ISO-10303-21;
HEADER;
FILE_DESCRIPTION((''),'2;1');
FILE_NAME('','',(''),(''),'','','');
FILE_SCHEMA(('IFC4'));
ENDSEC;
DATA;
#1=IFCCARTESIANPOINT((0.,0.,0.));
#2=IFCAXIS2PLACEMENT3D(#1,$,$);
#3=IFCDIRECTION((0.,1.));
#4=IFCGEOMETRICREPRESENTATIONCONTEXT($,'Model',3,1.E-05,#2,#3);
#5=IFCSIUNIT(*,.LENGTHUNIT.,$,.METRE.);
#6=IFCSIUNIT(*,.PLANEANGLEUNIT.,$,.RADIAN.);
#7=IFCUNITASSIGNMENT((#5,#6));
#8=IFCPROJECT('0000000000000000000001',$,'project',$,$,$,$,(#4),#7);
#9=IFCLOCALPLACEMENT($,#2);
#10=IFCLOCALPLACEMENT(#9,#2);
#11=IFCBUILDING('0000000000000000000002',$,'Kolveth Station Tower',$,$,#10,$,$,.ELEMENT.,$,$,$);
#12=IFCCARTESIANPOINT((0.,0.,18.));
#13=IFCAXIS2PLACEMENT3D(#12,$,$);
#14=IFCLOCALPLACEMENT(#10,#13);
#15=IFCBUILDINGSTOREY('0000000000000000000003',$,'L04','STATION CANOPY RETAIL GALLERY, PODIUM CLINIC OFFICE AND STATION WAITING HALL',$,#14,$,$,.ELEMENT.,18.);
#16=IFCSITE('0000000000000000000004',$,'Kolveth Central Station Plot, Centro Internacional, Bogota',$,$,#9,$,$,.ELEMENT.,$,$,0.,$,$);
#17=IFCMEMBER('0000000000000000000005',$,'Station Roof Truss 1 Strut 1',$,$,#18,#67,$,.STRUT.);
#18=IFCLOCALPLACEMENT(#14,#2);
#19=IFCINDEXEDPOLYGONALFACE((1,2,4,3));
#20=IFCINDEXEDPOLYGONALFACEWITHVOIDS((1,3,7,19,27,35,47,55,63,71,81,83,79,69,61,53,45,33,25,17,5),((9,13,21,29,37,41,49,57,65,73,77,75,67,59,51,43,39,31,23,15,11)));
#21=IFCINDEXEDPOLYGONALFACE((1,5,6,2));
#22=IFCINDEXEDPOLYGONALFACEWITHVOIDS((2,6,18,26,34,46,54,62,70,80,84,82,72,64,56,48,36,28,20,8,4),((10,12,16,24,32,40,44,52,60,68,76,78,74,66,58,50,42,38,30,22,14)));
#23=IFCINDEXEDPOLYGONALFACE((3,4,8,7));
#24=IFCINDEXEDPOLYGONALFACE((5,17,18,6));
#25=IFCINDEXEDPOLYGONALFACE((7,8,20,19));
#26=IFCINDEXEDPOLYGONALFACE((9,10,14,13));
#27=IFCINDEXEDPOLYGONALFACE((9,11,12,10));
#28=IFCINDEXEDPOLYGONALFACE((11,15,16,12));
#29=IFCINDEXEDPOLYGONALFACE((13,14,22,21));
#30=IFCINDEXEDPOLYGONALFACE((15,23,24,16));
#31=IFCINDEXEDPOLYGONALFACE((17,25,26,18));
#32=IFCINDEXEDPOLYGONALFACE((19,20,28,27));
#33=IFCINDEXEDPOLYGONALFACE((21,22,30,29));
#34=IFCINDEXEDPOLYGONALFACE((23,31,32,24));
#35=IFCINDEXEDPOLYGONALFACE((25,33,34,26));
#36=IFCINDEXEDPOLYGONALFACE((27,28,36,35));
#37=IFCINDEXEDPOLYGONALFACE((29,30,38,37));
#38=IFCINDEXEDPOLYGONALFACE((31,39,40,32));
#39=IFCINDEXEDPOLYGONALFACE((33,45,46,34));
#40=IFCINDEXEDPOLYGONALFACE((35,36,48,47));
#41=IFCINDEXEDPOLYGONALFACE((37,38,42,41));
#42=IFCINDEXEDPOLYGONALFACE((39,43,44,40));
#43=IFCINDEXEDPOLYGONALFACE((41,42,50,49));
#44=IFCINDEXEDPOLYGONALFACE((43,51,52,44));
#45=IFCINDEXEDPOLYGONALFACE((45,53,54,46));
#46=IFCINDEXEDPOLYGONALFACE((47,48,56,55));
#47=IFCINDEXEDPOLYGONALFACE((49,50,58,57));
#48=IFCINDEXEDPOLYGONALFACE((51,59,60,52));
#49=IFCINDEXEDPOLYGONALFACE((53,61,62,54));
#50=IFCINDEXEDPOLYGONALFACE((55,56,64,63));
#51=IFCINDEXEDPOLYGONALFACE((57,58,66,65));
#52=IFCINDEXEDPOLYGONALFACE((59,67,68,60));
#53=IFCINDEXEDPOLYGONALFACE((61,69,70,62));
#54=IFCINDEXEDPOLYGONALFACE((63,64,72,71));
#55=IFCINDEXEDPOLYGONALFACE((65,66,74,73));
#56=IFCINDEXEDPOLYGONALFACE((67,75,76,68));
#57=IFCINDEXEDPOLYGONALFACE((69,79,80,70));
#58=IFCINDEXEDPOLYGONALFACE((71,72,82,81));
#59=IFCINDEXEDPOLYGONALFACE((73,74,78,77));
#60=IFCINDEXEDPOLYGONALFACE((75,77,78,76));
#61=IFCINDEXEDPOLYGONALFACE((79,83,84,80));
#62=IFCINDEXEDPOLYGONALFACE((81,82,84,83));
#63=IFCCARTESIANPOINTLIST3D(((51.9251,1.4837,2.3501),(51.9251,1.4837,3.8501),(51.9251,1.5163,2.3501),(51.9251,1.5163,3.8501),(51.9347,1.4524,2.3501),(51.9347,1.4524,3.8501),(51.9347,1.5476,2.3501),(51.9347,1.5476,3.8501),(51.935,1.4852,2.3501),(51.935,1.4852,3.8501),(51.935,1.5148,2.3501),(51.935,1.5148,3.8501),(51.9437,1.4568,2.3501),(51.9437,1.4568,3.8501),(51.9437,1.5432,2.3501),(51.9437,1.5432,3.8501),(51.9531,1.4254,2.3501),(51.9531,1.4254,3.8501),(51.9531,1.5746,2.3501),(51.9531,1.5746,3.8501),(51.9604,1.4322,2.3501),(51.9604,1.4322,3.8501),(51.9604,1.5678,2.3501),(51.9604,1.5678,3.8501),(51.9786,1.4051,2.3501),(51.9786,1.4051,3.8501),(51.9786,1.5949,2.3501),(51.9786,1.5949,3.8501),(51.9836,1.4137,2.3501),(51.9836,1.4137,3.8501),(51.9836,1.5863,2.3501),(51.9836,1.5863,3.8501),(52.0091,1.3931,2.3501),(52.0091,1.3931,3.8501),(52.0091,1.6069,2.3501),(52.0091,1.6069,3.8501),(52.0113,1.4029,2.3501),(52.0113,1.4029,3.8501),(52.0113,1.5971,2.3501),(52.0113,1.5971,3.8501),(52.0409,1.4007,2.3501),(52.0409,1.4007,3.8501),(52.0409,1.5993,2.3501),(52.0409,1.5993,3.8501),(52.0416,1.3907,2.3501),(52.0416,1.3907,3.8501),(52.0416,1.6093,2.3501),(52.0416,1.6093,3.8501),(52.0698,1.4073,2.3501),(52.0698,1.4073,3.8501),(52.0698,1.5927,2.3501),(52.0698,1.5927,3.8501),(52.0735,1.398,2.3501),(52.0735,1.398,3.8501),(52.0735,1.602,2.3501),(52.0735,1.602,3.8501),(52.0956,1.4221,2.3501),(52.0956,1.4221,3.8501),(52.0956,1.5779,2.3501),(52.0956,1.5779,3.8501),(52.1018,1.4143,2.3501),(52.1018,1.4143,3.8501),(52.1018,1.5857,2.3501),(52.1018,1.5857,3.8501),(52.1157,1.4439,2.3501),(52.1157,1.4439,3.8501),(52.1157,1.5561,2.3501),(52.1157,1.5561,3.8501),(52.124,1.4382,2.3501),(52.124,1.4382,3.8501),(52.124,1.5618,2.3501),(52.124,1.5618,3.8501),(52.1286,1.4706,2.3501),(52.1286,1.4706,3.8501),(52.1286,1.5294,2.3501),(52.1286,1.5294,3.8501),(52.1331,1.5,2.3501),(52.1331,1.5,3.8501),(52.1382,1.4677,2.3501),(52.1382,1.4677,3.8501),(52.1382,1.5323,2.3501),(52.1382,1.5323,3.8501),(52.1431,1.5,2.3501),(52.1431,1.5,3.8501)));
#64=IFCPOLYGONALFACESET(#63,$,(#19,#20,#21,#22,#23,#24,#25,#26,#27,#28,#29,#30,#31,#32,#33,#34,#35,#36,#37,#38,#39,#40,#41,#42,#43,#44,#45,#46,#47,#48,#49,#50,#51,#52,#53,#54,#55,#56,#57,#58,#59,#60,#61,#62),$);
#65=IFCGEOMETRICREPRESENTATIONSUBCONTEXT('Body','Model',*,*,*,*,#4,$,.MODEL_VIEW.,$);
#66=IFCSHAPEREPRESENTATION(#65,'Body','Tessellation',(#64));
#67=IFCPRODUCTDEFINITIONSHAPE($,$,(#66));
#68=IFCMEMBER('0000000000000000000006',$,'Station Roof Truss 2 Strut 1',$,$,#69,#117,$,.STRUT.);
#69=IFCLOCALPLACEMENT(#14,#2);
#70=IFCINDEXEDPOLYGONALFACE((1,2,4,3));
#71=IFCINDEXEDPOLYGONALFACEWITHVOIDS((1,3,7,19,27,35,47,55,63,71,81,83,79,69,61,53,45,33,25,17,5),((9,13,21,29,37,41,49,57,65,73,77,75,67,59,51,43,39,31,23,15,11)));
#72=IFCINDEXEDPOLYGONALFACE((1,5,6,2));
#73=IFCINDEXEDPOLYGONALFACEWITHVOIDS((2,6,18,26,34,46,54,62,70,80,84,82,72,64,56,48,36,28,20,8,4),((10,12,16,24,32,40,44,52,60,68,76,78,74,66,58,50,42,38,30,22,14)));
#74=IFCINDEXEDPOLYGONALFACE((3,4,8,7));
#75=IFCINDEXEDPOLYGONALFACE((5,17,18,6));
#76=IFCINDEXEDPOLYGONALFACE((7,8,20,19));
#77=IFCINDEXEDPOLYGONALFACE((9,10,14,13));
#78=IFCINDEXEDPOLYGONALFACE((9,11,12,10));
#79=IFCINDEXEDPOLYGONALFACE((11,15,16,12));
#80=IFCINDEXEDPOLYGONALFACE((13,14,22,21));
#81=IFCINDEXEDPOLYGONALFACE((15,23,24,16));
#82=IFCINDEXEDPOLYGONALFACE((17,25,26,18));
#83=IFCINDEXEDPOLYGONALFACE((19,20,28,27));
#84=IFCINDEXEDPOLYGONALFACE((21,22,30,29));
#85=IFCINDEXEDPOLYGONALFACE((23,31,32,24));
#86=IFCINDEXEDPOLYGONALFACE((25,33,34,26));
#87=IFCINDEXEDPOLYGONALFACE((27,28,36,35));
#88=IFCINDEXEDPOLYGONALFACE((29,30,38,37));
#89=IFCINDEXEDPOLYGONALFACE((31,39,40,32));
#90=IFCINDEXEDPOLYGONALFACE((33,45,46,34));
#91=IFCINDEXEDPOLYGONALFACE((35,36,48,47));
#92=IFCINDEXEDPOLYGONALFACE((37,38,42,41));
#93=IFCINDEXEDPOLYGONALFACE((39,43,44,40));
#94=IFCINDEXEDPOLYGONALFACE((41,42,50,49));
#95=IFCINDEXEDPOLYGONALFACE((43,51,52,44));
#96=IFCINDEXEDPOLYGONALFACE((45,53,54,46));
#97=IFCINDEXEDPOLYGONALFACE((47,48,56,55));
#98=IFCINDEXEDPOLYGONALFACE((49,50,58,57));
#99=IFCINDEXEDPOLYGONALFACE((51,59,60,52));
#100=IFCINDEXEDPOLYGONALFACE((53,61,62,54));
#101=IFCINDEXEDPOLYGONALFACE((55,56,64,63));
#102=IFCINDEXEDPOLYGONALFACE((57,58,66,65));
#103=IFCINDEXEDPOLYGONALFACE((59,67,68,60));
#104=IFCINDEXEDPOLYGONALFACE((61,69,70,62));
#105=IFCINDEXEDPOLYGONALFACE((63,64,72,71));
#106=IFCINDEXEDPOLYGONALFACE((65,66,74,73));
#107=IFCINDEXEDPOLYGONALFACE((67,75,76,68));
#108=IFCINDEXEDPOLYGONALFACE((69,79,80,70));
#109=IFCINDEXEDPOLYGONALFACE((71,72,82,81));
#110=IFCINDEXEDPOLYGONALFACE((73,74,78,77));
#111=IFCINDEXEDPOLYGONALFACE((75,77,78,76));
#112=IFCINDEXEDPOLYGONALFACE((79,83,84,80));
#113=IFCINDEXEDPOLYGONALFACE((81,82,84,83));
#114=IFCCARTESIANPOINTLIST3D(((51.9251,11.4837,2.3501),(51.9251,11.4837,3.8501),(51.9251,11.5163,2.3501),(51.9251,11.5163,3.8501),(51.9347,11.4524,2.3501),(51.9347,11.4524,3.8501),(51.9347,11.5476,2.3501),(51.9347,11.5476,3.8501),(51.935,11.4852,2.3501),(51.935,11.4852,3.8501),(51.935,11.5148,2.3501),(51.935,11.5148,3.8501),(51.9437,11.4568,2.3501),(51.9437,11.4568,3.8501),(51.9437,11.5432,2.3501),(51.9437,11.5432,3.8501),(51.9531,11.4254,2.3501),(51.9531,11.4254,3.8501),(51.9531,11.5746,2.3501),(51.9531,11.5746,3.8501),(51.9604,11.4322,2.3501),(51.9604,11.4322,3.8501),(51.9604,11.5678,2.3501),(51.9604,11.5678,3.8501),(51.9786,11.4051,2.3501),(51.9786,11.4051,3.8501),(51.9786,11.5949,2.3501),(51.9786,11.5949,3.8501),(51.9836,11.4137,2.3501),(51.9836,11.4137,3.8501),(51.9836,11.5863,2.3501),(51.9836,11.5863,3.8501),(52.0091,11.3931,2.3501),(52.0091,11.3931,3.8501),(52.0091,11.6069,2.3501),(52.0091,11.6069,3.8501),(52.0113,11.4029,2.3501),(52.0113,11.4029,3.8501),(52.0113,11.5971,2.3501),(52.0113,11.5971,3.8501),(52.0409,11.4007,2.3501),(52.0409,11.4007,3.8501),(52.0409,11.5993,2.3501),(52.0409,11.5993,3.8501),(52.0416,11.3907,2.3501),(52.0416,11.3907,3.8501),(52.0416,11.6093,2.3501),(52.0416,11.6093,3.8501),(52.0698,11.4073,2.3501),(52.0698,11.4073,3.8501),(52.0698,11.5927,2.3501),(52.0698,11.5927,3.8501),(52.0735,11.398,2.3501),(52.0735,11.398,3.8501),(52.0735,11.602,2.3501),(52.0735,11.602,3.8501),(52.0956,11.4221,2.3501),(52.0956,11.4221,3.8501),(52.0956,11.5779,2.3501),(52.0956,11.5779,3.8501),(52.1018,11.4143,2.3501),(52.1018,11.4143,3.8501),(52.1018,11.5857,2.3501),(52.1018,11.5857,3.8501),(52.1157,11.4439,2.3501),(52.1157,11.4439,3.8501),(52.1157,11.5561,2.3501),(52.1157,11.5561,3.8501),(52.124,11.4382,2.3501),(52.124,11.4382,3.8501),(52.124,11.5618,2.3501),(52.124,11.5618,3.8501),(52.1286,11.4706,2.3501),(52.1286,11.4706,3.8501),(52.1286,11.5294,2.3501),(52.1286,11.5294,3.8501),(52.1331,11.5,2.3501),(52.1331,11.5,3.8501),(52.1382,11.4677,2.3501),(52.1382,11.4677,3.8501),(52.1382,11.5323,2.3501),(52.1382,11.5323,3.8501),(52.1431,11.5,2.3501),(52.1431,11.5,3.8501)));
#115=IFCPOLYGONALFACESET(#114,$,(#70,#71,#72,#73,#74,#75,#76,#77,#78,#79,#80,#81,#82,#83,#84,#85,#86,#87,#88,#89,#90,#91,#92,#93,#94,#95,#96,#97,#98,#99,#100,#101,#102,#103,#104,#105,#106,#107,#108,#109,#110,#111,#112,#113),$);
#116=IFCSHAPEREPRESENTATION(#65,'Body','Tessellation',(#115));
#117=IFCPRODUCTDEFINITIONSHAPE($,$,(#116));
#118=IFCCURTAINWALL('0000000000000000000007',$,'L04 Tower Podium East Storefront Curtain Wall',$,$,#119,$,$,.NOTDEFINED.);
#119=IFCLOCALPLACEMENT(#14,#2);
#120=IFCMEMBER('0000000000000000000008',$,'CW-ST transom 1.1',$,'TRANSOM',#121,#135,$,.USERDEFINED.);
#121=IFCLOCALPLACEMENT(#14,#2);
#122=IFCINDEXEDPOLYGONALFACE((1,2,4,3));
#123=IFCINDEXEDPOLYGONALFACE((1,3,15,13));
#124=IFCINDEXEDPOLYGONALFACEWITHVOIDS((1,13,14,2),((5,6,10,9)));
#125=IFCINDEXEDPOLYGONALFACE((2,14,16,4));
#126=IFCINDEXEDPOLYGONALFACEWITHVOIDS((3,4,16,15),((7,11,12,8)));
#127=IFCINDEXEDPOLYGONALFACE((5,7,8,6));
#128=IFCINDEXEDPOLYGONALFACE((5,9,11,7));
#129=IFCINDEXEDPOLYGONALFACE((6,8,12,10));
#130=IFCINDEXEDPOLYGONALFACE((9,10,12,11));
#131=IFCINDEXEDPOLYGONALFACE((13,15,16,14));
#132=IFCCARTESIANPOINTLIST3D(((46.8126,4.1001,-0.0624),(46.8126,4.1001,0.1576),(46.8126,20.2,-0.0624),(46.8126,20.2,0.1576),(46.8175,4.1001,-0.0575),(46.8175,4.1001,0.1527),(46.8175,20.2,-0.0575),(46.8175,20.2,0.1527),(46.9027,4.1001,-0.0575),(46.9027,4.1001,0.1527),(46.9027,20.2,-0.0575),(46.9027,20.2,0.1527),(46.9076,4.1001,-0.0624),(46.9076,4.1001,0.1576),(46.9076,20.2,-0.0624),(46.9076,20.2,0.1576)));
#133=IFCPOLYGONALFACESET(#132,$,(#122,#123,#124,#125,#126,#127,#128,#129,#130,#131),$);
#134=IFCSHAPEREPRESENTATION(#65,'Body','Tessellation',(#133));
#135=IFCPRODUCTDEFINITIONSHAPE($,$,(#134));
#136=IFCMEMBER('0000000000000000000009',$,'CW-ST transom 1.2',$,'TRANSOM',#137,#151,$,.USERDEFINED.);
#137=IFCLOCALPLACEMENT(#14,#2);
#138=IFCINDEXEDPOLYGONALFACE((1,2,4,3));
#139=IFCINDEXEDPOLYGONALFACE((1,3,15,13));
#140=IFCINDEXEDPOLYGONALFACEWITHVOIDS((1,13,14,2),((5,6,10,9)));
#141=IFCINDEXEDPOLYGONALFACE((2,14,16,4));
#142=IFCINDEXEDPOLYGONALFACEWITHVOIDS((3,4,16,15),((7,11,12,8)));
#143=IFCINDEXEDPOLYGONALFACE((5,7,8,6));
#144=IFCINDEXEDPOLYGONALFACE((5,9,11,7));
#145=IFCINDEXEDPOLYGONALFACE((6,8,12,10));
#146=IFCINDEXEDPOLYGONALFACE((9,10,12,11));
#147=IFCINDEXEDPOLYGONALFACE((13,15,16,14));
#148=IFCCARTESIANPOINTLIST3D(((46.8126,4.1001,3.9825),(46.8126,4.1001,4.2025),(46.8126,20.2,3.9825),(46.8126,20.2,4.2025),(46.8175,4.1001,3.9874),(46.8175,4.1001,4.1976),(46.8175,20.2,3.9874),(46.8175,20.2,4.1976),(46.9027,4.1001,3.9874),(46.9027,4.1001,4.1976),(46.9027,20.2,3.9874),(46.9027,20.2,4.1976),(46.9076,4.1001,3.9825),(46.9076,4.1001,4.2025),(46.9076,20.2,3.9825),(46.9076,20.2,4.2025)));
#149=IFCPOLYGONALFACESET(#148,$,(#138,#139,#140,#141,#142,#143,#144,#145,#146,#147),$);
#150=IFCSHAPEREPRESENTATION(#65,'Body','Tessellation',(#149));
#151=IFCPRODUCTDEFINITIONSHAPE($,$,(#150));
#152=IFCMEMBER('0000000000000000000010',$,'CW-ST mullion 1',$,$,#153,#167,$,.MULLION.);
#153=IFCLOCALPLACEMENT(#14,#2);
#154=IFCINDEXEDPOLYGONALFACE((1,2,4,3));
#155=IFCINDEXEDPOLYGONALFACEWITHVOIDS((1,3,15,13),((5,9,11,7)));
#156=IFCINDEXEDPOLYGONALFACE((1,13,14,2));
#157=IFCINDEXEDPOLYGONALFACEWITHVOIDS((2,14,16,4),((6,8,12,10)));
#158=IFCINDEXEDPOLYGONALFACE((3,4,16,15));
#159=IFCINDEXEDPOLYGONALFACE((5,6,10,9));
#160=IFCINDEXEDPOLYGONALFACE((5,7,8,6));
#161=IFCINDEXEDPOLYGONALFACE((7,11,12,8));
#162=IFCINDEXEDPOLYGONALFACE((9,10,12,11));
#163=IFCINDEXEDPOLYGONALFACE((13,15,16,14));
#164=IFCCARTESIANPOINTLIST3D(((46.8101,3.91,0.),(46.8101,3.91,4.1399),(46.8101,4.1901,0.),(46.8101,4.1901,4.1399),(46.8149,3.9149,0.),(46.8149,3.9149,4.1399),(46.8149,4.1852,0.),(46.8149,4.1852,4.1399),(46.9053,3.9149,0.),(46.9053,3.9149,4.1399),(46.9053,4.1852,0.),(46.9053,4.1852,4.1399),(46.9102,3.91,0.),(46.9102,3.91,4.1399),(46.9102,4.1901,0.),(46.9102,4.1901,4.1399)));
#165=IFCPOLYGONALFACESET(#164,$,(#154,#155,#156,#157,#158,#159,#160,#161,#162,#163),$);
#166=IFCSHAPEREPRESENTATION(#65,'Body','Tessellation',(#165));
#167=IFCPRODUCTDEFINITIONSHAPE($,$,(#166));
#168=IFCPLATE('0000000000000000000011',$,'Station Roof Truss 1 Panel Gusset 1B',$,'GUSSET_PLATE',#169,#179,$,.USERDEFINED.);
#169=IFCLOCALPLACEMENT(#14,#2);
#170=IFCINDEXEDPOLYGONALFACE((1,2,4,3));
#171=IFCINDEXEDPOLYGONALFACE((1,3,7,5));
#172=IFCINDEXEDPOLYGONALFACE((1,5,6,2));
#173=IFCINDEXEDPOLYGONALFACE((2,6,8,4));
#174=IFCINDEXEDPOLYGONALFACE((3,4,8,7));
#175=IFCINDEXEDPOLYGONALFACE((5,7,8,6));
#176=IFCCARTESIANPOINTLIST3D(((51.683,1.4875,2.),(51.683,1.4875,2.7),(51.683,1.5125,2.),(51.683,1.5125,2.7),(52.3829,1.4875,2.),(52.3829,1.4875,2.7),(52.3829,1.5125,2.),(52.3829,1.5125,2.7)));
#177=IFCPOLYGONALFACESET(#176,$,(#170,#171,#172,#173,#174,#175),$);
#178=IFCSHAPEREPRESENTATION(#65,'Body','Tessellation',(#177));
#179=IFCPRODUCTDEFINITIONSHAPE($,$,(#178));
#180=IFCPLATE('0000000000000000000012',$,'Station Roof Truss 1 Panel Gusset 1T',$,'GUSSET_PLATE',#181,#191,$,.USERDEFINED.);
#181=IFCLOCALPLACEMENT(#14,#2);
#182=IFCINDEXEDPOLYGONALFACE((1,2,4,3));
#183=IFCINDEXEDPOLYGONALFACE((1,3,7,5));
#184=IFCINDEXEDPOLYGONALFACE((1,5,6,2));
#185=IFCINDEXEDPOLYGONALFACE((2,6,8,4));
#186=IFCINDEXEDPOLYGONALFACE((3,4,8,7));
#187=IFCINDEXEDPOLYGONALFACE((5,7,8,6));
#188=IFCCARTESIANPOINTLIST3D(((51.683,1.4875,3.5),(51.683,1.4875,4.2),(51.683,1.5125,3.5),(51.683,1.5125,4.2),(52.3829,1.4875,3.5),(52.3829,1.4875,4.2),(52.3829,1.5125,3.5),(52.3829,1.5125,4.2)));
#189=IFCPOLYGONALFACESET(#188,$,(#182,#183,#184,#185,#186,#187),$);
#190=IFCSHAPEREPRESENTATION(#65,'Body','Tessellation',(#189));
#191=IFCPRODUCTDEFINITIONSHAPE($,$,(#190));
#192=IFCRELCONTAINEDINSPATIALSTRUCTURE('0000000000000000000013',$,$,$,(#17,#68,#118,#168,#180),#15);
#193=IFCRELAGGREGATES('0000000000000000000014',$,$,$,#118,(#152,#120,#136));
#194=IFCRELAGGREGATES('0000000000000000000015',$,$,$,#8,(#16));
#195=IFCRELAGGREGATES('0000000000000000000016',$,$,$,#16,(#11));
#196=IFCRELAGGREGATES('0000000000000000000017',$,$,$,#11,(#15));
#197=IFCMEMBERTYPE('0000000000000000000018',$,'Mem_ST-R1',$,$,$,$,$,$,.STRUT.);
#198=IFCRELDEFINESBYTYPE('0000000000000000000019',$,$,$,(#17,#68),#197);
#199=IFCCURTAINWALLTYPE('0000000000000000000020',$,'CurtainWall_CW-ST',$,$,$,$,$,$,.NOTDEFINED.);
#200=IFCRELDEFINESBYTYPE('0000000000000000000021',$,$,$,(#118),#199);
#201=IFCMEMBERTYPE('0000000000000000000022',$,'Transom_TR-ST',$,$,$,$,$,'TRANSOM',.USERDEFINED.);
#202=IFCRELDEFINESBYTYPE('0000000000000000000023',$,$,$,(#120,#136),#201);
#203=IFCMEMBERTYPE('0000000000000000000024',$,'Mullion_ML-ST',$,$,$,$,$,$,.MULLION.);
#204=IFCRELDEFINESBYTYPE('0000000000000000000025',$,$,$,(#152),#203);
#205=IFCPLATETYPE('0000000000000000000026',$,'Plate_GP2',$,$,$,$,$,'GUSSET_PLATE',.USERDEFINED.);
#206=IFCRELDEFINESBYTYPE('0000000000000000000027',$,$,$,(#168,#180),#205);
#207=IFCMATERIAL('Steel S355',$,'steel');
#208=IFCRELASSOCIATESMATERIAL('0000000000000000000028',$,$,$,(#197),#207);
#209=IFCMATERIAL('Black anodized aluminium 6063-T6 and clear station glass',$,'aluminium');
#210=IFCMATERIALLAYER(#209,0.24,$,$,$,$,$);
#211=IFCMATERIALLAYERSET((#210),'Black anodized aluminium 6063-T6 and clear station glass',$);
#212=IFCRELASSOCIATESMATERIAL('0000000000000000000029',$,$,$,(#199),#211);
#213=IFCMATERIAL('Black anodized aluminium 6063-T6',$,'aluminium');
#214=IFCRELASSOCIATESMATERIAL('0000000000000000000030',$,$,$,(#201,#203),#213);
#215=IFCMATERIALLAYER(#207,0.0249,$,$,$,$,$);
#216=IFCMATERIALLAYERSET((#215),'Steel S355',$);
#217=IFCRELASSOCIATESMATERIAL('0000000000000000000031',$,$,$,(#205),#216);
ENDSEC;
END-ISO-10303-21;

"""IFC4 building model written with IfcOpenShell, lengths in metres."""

from ifc_helpers import new_model, si_unit, direction, frame, origin, origin_2d, place, context, subcontext, project, spatial, rectangle, hollow_rectangle, hollow_circle, extrude, source, transform, mapped, material, layer, layer_set, material_profile, profile_set, type_object, element, aggregate, save


model = new_model("IFC4")

# Units and contexts
model_context = context("Model", 3, precision=1e-05, world=origin(), true_north=direction((0.0, 1.0)))
body_context = subcontext(model_context, "Body", "Model", "MODEL_VIEW")
ifc_project = project(units=[si_unit("LENGTHUNIT", "METRE"), si_unit("PLANEANGLEUNIT", "RADIAN")], contexts=[model_context])

# Site, building, storey
site_placement = place(None, origin())
site = spatial("IfcSite", under=ifc_project, at=site_placement, Name="Kolveth Central Station Plot, Centro Internacional, Bogota", CompositionType="ELEMENT", RefElevation=0.0)
building_placement = place(site_placement, origin())
building = spatial("IfcBuilding", under=site, at=building_placement, Name="Kolveth Station Tower", CompositionType="ELEMENT")
storey_placement = place(building_placement, frame((0.0, 0.0, 18.0)))
storey = spatial("IfcBuildingStorey", under=building, at=storey_placement, Name="L04", Description="STATION CANOPY RETAIL GALLERY, PODIUM CLINIC OFFICE AND STATION WAITING HALL", CompositionType="ELEMENT", Elevation=18.0)

# Shared definitions
ifc_material_1 = material(Name="Steel S355", Category="steel")

# Members
ifc_material_profile_1 = material_profile(ifc_material_1, hollow_circle(Radius=0.1096, WallThickness=0.01, at=origin_2d()), Name="CHS219x10")
ifc_profile_set_1 = profile_set([ifc_material_profile_1], Name="Steel S355")
member_type_1 = type_object("IfcMemberType", Name="Mem_ST-R1", PredefinedType="STRUT", material=ifc_profile_set_1)
shared_shape_1 = source(origin(), body_context, "Body", "SweptSolid", [
    extrude(hollow_circle(Radius=0.1096, WallThickness=0.01, at=origin_2d()), origin(), (0.0, 0.0, 1.0), 1.5),
])
for number, where, z_axis, x_axis, name in (
    (1, (52.0334, 1.5, 2.3501), (0.0, 0.0, 1.0), (1.0, 0.0, 0.0), "Station Roof Truss 1 Strut 1"),
    (2, (52.0334, 11.5, 2.3501), (0.0, 0.0, 1.0), (1.0, 0.0, 0.0), "Station Roof Truss 2 Strut 1"),
):
    element("IfcMember", number, at=place(storey_placement, frame(where, z_axis=z_axis, x_axis=x_axis)), inside=storey, type_object=member_type_1, Name=name, PredefinedType="STRUT", context=body_context, shape_type="MappedRepresentation", body=[
        mapped(shared_shape_1, transform((0.0, 0.0, 0.0), x_axis=(1.0, 0.0, 0.0), y_axis=(0.0, 1.0, 0.0), z_axis=(0.0, 0.0, 1.0), scale=1.0)),
    ])

# Curtain wall, members
ifc_material_2 = material(Name="Black anodized aluminium 6063-T6 and clear station glass", Category="aluminium")
ifc_layer_1 = layer(ifc_material_2, 0.24)
ifc_layer_set_1 = layer_set([ifc_layer_1], Name="Black anodized aluminium 6063-T6 and clear station glass")
curtain_wall_type = type_object("IfcCurtainWallType", Name="CurtainWall_CW-ST", PredefinedType="NOTDEFINED", material=ifc_layer_set_1)
curtain_wall_placement = place(storey_placement, origin())
curtain_wall = element("IfcCurtainWall", 3, at=curtain_wall_placement, inside=storey, type_object=curtain_wall_type, Name="L04 Tower Podium East Storefront Curtain Wall", PredefinedType="NOTDEFINED")
ifc_material_3 = material(Name="Black anodized aluminium 6063-T6", Category="aluminium")
ifc_material_profile_2 = material_profile(ifc_material_3, hollow_rectangle(XDim=0.095, YDim=0.22, WallThickness=0.0049, at=origin_2d()), Name="ALU-95x220x5")
ifc_profile_set_2 = profile_set([ifc_material_profile_2], Name="Black anodized aluminium 6063-T6")
member_type_2 = type_object("IfcMemberType", Name="Transom_TR-ST", ElementType="TRANSOM", PredefinedType="USERDEFINED", material=ifc_profile_set_2)
shared_shape_2 = source(origin(), body_context, "Body", "SweptSolid", [
    extrude(hollow_rectangle(XDim=0.095, YDim=0.22, WallThickness=0.0049, at=origin_2d()), origin(), (0.0, 0.0, 1.0), 16.0999),
])
member_1_placement = place(storey_placement, frame((46.8601, 4.1001, 0.0476), z_axis=(0.0, 1.0, 0.0), x_axis=(-1.0, 0.0, 0.0)))
member_1 = element("IfcMember", 4, at=member_1_placement, type_object=member_type_2, Name="CW-ST transom 1.1", ObjectType="TRANSOM", PredefinedType="USERDEFINED", context=body_context, shape_type="MappedRepresentation", body=[
    mapped(shared_shape_2, transform((0.0, 0.0, 0.0), x_axis=(1.0, 0.0, 0.0), y_axis=(0.0, 1.0, 0.0), z_axis=(0.0, 0.0, 1.0), scale=1.0)),
])
member_2_placement = place(storey_placement, frame((46.8601, 4.1001, 4.0925), z_axis=(0.0, 1.0, 0.0), x_axis=(-1.0, 0.0, 0.0)))
member_2 = element("IfcMember", 5, at=member_2_placement, type_object=member_type_2, Name="CW-ST transom 1.2", ObjectType="TRANSOM", PredefinedType="USERDEFINED", context=body_context, shape_type="MappedRepresentation", body=[
    mapped(shared_shape_2, transform((0.0, 0.0, 0.0), x_axis=(1.0, 0.0, 0.0), y_axis=(0.0, 1.0, 0.0), z_axis=(0.0, 0.0, 1.0), scale=1.0)),
])
ifc_material_profile_3 = material_profile(ifc_material_3, hollow_rectangle(XDim=0.1001, YDim=0.28, WallThickness=0.0049, at=origin_2d()), Name="ALU-100x280x5")
ifc_profile_set_3 = profile_set([ifc_material_profile_3], Name="Black anodized aluminium 6063-T6")
member_type_3 = type_object("IfcMemberType", Name="Mullion_ML-ST", PredefinedType="MULLION", material=ifc_profile_set_3)
shared_shape_3 = source(origin(), body_context, "Body", "SweptSolid", [
    extrude(hollow_rectangle(XDim=0.1001, YDim=0.28, WallThickness=0.0049, at=origin_2d()), origin(), (0.0, 0.0, 1.0), 4.1399),
])
member_3_placement = place(storey_placement, frame((46.8601, 4.05, 0.0), z_axis=(0.0, 0.0, 1.0), x_axis=(-1.0, 0.0, 0.0)))
member_3 = element("IfcMember", 6, at=member_3_placement, type_object=member_type_3, Name="CW-ST mullion 1", PredefinedType="MULLION", context=body_context, shape_type="MappedRepresentation", body=[
    mapped(shared_shape_3, transform((0.0, 0.0, 0.0), x_axis=(1.0, 0.0, 0.0), y_axis=(0.0, 1.0, 0.0), z_axis=(0.0, 0.0, 1.0), scale=1.0)),
])
aggregate(curtain_wall, [member_3, member_1, member_2])

# Plates
ifc_layer_2 = layer(ifc_material_1, 0.0249)
ifc_layer_set_2 = layer_set([ifc_layer_2], Name="Steel S355")
plate_type = type_object("IfcPlateType", Name="Plate_GP2", ElementType="GUSSET_PLATE", PredefinedType="USERDEFINED", material=ifc_layer_set_2)
shared_shape_4 = source(origin(), body_context, "Body", "SweptSolid", [
    extrude(rectangle(XDim=0.7, YDim=0.0249, at=origin_2d()), origin(), (0.0, 0.0, 1.0), 0.7),
])
for number, where, z_axis, x_axis, name in (
    (7, (52.033, 1.5, 2.0), (0.0, 0.0, 1.0), (1.0, 0.0, 0.0), "Station Roof Truss 1 Panel Gusset 1B"),
    (8, (52.033, 1.5, 3.5), (0.0, 0.0, 1.0), (1.0, 0.0, 0.0), "Station Roof Truss 1 Panel Gusset 1T"),
):
    element("IfcPlate", number, at=place(storey_placement, frame(where, z_axis=z_axis, x_axis=x_axis)), inside=storey, type_object=plate_type, Name=name, ObjectType="GUSSET_PLATE", PredefinedType="USERDEFINED", context=body_context, shape_type="MappedRepresentation", body=[
        mapped(shared_shape_4, transform((0.0, 0.0, 0.0), x_axis=(1.0, 0.0, 0.0), y_axis=(0.0, 1.0, 0.0), z_axis=(0.0, 0.0, 1.0), scale=1.0)),
    ])

save(model, "model.ifc")
